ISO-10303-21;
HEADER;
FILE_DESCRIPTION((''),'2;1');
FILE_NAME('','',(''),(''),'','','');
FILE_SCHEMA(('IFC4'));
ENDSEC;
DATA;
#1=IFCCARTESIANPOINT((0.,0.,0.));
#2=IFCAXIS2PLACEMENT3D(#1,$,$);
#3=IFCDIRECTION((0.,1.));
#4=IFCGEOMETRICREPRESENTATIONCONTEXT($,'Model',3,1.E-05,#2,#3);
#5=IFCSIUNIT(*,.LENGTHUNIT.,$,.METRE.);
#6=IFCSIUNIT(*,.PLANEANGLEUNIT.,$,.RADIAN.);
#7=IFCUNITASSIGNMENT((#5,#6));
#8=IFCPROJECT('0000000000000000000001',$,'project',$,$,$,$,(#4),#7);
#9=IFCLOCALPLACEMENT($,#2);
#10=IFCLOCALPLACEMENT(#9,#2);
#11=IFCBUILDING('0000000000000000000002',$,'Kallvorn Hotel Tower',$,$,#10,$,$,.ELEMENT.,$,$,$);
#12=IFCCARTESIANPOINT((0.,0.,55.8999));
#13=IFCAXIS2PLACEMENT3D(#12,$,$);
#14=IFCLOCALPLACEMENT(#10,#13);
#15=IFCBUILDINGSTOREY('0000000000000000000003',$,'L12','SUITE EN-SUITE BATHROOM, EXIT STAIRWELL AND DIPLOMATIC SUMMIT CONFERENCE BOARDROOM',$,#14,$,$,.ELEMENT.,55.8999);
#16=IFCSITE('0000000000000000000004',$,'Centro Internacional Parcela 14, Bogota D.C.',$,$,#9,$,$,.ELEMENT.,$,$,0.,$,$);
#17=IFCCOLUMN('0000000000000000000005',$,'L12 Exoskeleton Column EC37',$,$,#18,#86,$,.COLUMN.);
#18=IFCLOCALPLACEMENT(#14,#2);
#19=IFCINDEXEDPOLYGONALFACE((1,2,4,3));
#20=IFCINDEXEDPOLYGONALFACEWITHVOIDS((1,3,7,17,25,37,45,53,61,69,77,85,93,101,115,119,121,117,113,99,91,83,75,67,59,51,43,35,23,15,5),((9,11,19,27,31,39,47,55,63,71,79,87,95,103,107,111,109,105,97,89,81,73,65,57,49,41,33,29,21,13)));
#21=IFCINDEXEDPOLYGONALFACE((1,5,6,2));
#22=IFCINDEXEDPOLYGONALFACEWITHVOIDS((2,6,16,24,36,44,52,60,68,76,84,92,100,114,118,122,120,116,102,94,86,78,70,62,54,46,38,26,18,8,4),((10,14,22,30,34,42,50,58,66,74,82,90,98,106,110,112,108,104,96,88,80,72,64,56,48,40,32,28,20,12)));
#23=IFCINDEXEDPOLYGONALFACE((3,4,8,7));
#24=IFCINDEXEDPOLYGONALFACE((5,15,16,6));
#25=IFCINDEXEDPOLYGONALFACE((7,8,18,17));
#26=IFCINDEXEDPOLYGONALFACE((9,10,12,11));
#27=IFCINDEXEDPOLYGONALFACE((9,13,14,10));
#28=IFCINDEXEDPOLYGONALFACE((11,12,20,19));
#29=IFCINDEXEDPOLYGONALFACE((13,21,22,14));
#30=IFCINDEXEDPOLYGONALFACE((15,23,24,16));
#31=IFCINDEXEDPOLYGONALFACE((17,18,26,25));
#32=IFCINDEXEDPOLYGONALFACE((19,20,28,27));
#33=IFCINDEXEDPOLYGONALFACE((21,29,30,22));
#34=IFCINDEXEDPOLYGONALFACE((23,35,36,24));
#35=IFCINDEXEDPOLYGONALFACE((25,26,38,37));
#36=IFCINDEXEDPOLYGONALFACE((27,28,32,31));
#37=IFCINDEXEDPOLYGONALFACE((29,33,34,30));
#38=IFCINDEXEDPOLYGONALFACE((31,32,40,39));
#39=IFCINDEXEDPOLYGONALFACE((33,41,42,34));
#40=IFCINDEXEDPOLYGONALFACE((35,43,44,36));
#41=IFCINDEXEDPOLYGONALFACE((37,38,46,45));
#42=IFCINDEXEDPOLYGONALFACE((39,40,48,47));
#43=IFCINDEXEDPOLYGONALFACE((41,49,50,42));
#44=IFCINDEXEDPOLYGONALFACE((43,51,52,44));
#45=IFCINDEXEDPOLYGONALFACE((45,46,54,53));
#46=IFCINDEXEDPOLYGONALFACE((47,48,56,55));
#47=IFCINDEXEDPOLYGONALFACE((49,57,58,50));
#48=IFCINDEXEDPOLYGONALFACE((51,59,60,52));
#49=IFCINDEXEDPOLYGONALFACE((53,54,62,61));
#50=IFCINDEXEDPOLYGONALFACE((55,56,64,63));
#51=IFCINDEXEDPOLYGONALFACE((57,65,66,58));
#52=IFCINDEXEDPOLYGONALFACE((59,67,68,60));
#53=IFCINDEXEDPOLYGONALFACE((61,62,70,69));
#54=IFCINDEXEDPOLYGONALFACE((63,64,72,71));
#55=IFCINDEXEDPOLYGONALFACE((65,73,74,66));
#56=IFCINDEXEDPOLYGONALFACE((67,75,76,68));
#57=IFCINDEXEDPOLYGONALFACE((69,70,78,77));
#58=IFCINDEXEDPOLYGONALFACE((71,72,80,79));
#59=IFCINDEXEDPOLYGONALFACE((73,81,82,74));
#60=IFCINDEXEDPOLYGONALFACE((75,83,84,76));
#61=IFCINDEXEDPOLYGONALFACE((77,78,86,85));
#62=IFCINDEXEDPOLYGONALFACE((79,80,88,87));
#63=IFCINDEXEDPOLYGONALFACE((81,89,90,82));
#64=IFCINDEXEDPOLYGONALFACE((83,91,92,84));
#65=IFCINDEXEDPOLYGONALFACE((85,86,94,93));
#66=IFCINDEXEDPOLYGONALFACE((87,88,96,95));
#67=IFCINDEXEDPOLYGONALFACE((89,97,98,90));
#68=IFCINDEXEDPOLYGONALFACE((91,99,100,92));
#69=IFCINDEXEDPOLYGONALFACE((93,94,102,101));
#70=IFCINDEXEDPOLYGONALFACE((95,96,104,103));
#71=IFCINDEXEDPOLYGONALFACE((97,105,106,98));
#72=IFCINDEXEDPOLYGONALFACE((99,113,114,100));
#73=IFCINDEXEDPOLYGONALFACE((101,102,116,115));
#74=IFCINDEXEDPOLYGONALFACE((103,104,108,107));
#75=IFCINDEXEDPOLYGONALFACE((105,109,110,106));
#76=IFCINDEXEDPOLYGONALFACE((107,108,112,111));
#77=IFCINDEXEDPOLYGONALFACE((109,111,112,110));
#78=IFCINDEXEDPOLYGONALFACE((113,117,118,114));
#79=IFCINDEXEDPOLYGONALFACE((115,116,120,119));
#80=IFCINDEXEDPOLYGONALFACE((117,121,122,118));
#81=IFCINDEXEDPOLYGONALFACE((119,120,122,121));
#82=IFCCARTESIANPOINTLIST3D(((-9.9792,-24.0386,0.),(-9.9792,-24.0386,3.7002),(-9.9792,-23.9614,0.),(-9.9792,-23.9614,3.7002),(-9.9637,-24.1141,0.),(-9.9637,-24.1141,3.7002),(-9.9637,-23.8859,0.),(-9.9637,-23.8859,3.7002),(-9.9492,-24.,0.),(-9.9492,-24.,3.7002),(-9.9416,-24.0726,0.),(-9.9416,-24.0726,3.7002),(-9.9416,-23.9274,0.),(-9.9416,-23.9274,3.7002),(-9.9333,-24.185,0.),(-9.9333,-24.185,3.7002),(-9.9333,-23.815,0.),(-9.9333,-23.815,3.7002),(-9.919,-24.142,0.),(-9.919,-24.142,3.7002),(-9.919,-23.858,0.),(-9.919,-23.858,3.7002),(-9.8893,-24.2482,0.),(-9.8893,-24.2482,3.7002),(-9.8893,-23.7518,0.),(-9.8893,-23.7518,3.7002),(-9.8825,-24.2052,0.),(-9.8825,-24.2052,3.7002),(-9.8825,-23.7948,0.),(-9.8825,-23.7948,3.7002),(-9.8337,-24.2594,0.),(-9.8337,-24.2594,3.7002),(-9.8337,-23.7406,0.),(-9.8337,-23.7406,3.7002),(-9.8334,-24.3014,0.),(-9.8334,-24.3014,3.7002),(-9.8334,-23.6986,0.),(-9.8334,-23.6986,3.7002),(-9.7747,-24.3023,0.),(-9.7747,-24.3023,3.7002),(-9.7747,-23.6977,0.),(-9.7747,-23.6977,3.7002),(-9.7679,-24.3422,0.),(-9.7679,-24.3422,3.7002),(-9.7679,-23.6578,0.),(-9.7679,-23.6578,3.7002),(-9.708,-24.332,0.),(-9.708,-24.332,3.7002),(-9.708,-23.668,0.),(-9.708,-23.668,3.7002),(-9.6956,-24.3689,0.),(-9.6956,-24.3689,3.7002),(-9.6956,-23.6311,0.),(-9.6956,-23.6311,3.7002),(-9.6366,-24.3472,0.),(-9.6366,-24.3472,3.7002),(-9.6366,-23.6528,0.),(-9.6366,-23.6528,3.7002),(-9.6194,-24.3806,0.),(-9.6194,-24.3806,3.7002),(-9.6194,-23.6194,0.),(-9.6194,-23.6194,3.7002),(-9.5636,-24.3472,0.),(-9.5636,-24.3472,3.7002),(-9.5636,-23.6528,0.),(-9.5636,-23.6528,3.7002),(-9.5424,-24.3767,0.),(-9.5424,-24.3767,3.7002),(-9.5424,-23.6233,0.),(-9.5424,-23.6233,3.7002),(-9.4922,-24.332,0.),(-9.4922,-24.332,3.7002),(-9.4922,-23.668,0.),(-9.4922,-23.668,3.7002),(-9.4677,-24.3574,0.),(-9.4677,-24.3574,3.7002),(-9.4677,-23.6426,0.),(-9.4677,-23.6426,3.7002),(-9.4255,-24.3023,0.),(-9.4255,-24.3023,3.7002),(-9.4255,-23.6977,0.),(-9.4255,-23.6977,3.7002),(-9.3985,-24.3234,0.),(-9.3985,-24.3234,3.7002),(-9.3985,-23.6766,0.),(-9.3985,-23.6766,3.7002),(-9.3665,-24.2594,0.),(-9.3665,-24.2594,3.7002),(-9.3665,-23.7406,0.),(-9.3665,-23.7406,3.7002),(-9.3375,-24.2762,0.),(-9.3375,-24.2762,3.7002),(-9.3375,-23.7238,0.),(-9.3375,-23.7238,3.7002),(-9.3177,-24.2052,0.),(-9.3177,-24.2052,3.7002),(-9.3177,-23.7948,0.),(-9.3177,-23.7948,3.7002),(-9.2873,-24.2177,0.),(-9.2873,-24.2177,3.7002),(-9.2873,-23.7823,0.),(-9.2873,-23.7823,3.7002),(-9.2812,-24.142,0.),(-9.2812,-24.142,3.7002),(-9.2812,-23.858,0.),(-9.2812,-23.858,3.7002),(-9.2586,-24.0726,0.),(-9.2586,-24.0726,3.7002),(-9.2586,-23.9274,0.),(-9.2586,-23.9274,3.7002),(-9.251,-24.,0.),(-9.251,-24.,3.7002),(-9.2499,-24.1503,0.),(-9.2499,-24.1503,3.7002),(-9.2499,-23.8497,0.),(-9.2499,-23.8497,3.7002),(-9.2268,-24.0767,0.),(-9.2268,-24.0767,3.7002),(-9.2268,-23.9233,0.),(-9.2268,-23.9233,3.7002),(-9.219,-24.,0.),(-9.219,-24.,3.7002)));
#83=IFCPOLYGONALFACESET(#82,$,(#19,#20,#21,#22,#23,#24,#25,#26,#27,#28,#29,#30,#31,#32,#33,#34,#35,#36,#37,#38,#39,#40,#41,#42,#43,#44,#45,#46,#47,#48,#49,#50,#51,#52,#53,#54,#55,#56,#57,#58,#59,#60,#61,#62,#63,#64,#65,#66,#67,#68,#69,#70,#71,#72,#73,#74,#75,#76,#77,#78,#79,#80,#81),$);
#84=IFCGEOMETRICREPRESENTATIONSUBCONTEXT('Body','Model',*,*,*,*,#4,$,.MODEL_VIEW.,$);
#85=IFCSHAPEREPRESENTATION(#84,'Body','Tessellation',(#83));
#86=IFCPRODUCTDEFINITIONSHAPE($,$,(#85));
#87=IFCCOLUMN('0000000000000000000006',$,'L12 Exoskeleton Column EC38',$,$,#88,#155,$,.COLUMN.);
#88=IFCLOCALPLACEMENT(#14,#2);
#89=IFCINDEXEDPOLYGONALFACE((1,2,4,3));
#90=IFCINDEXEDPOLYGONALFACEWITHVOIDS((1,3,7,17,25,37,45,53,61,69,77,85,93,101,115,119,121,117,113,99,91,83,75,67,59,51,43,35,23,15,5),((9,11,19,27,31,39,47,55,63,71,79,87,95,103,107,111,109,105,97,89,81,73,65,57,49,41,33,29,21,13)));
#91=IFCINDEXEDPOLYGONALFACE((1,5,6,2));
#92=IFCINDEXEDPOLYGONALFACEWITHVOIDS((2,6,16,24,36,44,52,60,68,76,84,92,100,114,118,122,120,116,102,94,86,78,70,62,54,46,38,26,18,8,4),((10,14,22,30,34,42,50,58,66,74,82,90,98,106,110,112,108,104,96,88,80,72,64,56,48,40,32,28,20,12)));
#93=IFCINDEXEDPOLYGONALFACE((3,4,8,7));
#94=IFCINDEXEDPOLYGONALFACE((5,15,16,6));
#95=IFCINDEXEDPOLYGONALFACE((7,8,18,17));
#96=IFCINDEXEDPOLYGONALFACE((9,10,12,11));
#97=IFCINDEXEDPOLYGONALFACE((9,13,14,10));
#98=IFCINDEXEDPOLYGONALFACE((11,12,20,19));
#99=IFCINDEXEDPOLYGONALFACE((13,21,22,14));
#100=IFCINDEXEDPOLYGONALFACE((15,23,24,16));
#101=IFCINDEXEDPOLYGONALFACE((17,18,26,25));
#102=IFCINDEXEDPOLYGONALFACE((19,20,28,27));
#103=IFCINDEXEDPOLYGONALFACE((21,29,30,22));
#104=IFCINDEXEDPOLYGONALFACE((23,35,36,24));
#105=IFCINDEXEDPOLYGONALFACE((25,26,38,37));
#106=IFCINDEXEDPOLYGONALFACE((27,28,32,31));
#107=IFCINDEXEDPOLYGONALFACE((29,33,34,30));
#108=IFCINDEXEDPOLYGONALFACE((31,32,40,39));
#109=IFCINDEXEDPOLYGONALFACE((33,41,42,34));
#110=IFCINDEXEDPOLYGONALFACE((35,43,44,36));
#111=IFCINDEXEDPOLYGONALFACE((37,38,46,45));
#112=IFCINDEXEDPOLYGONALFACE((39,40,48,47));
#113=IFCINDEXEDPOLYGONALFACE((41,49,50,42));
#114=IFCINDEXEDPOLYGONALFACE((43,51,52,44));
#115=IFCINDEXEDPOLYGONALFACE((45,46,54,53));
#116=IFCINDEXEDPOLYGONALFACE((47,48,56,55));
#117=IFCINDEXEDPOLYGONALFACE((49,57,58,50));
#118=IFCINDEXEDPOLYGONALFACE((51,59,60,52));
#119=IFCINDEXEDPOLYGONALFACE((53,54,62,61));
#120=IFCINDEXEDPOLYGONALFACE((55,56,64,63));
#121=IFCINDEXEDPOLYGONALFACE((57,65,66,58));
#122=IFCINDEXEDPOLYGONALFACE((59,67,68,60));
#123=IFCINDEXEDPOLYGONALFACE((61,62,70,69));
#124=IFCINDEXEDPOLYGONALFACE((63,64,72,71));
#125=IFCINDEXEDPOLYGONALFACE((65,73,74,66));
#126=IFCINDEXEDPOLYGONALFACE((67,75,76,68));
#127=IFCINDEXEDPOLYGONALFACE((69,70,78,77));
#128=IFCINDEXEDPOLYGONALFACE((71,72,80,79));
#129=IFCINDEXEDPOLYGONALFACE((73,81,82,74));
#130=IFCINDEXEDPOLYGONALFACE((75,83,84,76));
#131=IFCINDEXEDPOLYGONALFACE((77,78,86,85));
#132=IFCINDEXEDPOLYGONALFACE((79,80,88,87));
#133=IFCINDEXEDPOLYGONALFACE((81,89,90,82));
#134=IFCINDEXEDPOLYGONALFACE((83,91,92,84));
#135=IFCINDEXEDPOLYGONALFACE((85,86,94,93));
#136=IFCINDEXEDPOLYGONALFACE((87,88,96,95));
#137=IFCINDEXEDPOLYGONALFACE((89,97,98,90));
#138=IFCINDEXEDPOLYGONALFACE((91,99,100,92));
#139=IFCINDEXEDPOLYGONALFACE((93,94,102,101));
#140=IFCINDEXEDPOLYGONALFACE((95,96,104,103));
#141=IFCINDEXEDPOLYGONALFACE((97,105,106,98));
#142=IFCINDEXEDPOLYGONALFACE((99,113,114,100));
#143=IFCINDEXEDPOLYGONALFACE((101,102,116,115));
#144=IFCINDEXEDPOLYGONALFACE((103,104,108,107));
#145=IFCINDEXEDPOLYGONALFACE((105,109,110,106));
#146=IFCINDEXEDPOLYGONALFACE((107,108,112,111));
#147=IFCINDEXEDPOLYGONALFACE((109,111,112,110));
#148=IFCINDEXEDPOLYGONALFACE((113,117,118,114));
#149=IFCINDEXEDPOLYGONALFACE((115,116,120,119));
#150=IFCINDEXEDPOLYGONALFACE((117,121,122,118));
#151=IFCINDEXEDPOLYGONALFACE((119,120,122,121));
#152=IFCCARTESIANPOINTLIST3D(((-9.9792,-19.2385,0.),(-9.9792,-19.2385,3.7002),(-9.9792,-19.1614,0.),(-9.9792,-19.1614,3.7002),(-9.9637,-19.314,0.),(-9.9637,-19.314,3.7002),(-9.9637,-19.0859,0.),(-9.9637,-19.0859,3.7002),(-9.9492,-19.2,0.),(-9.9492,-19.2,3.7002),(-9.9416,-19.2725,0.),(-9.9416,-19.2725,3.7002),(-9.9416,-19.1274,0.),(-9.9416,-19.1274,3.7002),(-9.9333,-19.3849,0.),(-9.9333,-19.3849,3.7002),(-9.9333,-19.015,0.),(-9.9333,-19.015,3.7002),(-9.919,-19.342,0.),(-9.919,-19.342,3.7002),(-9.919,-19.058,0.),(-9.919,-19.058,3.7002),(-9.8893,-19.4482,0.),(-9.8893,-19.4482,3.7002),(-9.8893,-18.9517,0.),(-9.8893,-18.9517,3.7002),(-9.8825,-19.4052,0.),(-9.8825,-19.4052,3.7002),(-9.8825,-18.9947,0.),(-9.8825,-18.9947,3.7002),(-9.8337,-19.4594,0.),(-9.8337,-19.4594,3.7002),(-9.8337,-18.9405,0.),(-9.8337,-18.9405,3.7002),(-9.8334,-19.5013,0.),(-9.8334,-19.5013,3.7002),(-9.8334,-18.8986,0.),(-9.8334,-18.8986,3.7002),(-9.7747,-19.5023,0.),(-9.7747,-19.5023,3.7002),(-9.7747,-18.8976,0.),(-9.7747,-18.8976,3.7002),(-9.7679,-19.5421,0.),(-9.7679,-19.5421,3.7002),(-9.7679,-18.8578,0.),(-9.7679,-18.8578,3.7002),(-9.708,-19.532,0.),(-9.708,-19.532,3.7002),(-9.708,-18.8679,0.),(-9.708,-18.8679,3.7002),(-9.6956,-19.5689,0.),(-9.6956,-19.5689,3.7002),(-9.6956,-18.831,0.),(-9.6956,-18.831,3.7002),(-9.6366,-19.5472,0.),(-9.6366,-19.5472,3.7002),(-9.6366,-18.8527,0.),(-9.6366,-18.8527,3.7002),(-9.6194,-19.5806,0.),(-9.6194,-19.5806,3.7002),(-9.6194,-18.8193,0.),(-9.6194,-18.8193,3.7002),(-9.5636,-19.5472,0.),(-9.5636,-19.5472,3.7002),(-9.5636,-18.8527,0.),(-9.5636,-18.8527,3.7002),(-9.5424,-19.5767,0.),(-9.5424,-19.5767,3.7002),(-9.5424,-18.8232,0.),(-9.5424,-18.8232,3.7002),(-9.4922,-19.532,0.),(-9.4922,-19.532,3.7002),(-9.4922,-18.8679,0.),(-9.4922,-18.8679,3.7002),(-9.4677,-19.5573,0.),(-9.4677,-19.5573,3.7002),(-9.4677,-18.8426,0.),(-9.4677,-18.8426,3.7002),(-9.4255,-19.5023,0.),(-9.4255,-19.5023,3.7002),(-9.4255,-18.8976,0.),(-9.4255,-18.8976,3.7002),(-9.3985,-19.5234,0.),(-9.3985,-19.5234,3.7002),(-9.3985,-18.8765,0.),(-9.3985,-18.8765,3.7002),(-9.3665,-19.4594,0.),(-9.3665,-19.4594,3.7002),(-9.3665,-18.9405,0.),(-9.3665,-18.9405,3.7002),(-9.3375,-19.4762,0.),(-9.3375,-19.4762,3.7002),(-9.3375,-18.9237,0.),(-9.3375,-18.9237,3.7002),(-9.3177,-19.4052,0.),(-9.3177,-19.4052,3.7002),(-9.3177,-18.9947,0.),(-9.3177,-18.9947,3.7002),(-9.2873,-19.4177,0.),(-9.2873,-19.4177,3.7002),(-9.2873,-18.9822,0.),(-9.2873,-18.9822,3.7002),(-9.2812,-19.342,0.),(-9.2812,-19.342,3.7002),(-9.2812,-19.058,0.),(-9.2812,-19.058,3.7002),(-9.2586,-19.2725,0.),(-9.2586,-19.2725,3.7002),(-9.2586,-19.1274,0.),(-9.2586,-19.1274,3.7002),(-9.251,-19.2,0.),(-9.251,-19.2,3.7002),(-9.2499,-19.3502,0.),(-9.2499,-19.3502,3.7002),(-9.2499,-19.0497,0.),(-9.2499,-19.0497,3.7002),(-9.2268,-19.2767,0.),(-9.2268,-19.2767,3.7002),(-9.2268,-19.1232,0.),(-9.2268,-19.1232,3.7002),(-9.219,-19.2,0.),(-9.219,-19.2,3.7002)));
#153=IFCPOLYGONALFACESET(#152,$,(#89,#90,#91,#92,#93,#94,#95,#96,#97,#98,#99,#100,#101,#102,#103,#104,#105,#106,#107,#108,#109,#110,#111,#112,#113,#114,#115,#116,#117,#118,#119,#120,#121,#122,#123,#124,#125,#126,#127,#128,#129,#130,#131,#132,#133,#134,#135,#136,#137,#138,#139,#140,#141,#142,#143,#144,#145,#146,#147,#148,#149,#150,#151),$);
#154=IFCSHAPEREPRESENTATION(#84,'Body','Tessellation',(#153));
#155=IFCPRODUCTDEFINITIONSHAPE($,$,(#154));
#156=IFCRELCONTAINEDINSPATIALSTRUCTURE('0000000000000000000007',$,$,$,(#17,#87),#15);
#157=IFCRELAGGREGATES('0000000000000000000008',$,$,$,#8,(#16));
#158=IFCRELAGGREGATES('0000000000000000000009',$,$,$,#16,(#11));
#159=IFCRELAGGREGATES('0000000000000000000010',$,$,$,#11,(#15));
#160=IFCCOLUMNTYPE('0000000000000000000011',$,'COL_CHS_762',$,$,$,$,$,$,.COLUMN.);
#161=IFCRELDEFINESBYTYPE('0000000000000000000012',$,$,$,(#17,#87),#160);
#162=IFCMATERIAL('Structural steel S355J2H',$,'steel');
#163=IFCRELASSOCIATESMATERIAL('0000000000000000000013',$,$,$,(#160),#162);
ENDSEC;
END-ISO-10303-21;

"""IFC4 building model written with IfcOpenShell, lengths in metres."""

from ifc_helpers import new_model, si_unit, direction, frame, origin, origin_2d, place, context, subcontext, project, spatial, hollow_circle, extrude, material, material_profile, profile_set, type_object, element, save


model = new_model("IFC4")

# Units and contexts
model_context = context("Model", 3, precision=1e-05, world=origin(), true_north=direction((0.0, 1.0)))
body_context = subcontext(model_context, "Body", "Model", "MODEL_VIEW")
ifc_project = project(units=[si_unit("LENGTHUNIT", "METRE"), si_unit("PLANEANGLEUNIT", "RADIAN")], contexts=[model_context])

# Site, building, storey
site_placement = place(None, origin())
site = spatial("IfcSite", under=ifc_project, at=site_placement, Name="Centro Internacional Parcela 14, Bogota D.C.", CompositionType="ELEMENT", RefElevation=0.0)
building_placement = place(site_placement, origin())
building = spatial("IfcBuilding", under=site, at=building_placement, Name="Kallvorn Hotel Tower", CompositionType="ELEMENT")
storey_placement = place(building_placement, frame((0.0, 0.0, 55.8999)))
storey = spatial("IfcBuildingStorey", under=building, at=storey_placement, Name="L12", Description="SUITE EN-SUITE BATHROOM, EXIT STAIRWELL AND DIPLOMATIC SUMMIT CONFERENCE BOARDROOM", CompositionType="ELEMENT", Elevation=55.8999)

# Columns
ifc_material_1 = material(Name="Structural steel S355J2H", Category="steel")
ifc_material_profile_1 = material_profile(ifc_material_1, hollow_circle(Radius=0.3811, WallThickness=0.032, at=origin_2d()), Name="CHS 762x32")
ifc_profile_set_1 = profile_set([ifc_material_profile_1], Name="Structural steel S355J2H")
column_type_1 = type_object("IfcColumnType", Name="COL_CHS_762", PredefinedType="COLUMN", material=ifc_profile_set_1)
for number, where, z_axis, x_axis, name in (
    (1, (-9.6001, -24.0, 0.0), (0.0, 0.0, 1.0), (1.0, 0.0, 0.0), "L12 Exoskeleton Column EC37"),
    (2, (-9.6001, -19.2, 0.0), (0.0, 0.0, 1.0), (1.0, 0.0, 0.0), "L12 Exoskeleton Column EC38"),
):
    element("IfcColumn", number, at=place(storey_placement, frame(where, z_axis=z_axis, x_axis=x_axis)), inside=storey, type_object=column_type_1, Name=name, PredefinedType="COLUMN", context=body_context, shape_type="SweptSolid", body=[
        extrude(hollow_circle(Radius=0.3811, WallThickness=0.032, at=origin_2d()), origin(), (0.0, 0.0, 1.0), 3.7002),
    ])

save(model, "model.ifc")
